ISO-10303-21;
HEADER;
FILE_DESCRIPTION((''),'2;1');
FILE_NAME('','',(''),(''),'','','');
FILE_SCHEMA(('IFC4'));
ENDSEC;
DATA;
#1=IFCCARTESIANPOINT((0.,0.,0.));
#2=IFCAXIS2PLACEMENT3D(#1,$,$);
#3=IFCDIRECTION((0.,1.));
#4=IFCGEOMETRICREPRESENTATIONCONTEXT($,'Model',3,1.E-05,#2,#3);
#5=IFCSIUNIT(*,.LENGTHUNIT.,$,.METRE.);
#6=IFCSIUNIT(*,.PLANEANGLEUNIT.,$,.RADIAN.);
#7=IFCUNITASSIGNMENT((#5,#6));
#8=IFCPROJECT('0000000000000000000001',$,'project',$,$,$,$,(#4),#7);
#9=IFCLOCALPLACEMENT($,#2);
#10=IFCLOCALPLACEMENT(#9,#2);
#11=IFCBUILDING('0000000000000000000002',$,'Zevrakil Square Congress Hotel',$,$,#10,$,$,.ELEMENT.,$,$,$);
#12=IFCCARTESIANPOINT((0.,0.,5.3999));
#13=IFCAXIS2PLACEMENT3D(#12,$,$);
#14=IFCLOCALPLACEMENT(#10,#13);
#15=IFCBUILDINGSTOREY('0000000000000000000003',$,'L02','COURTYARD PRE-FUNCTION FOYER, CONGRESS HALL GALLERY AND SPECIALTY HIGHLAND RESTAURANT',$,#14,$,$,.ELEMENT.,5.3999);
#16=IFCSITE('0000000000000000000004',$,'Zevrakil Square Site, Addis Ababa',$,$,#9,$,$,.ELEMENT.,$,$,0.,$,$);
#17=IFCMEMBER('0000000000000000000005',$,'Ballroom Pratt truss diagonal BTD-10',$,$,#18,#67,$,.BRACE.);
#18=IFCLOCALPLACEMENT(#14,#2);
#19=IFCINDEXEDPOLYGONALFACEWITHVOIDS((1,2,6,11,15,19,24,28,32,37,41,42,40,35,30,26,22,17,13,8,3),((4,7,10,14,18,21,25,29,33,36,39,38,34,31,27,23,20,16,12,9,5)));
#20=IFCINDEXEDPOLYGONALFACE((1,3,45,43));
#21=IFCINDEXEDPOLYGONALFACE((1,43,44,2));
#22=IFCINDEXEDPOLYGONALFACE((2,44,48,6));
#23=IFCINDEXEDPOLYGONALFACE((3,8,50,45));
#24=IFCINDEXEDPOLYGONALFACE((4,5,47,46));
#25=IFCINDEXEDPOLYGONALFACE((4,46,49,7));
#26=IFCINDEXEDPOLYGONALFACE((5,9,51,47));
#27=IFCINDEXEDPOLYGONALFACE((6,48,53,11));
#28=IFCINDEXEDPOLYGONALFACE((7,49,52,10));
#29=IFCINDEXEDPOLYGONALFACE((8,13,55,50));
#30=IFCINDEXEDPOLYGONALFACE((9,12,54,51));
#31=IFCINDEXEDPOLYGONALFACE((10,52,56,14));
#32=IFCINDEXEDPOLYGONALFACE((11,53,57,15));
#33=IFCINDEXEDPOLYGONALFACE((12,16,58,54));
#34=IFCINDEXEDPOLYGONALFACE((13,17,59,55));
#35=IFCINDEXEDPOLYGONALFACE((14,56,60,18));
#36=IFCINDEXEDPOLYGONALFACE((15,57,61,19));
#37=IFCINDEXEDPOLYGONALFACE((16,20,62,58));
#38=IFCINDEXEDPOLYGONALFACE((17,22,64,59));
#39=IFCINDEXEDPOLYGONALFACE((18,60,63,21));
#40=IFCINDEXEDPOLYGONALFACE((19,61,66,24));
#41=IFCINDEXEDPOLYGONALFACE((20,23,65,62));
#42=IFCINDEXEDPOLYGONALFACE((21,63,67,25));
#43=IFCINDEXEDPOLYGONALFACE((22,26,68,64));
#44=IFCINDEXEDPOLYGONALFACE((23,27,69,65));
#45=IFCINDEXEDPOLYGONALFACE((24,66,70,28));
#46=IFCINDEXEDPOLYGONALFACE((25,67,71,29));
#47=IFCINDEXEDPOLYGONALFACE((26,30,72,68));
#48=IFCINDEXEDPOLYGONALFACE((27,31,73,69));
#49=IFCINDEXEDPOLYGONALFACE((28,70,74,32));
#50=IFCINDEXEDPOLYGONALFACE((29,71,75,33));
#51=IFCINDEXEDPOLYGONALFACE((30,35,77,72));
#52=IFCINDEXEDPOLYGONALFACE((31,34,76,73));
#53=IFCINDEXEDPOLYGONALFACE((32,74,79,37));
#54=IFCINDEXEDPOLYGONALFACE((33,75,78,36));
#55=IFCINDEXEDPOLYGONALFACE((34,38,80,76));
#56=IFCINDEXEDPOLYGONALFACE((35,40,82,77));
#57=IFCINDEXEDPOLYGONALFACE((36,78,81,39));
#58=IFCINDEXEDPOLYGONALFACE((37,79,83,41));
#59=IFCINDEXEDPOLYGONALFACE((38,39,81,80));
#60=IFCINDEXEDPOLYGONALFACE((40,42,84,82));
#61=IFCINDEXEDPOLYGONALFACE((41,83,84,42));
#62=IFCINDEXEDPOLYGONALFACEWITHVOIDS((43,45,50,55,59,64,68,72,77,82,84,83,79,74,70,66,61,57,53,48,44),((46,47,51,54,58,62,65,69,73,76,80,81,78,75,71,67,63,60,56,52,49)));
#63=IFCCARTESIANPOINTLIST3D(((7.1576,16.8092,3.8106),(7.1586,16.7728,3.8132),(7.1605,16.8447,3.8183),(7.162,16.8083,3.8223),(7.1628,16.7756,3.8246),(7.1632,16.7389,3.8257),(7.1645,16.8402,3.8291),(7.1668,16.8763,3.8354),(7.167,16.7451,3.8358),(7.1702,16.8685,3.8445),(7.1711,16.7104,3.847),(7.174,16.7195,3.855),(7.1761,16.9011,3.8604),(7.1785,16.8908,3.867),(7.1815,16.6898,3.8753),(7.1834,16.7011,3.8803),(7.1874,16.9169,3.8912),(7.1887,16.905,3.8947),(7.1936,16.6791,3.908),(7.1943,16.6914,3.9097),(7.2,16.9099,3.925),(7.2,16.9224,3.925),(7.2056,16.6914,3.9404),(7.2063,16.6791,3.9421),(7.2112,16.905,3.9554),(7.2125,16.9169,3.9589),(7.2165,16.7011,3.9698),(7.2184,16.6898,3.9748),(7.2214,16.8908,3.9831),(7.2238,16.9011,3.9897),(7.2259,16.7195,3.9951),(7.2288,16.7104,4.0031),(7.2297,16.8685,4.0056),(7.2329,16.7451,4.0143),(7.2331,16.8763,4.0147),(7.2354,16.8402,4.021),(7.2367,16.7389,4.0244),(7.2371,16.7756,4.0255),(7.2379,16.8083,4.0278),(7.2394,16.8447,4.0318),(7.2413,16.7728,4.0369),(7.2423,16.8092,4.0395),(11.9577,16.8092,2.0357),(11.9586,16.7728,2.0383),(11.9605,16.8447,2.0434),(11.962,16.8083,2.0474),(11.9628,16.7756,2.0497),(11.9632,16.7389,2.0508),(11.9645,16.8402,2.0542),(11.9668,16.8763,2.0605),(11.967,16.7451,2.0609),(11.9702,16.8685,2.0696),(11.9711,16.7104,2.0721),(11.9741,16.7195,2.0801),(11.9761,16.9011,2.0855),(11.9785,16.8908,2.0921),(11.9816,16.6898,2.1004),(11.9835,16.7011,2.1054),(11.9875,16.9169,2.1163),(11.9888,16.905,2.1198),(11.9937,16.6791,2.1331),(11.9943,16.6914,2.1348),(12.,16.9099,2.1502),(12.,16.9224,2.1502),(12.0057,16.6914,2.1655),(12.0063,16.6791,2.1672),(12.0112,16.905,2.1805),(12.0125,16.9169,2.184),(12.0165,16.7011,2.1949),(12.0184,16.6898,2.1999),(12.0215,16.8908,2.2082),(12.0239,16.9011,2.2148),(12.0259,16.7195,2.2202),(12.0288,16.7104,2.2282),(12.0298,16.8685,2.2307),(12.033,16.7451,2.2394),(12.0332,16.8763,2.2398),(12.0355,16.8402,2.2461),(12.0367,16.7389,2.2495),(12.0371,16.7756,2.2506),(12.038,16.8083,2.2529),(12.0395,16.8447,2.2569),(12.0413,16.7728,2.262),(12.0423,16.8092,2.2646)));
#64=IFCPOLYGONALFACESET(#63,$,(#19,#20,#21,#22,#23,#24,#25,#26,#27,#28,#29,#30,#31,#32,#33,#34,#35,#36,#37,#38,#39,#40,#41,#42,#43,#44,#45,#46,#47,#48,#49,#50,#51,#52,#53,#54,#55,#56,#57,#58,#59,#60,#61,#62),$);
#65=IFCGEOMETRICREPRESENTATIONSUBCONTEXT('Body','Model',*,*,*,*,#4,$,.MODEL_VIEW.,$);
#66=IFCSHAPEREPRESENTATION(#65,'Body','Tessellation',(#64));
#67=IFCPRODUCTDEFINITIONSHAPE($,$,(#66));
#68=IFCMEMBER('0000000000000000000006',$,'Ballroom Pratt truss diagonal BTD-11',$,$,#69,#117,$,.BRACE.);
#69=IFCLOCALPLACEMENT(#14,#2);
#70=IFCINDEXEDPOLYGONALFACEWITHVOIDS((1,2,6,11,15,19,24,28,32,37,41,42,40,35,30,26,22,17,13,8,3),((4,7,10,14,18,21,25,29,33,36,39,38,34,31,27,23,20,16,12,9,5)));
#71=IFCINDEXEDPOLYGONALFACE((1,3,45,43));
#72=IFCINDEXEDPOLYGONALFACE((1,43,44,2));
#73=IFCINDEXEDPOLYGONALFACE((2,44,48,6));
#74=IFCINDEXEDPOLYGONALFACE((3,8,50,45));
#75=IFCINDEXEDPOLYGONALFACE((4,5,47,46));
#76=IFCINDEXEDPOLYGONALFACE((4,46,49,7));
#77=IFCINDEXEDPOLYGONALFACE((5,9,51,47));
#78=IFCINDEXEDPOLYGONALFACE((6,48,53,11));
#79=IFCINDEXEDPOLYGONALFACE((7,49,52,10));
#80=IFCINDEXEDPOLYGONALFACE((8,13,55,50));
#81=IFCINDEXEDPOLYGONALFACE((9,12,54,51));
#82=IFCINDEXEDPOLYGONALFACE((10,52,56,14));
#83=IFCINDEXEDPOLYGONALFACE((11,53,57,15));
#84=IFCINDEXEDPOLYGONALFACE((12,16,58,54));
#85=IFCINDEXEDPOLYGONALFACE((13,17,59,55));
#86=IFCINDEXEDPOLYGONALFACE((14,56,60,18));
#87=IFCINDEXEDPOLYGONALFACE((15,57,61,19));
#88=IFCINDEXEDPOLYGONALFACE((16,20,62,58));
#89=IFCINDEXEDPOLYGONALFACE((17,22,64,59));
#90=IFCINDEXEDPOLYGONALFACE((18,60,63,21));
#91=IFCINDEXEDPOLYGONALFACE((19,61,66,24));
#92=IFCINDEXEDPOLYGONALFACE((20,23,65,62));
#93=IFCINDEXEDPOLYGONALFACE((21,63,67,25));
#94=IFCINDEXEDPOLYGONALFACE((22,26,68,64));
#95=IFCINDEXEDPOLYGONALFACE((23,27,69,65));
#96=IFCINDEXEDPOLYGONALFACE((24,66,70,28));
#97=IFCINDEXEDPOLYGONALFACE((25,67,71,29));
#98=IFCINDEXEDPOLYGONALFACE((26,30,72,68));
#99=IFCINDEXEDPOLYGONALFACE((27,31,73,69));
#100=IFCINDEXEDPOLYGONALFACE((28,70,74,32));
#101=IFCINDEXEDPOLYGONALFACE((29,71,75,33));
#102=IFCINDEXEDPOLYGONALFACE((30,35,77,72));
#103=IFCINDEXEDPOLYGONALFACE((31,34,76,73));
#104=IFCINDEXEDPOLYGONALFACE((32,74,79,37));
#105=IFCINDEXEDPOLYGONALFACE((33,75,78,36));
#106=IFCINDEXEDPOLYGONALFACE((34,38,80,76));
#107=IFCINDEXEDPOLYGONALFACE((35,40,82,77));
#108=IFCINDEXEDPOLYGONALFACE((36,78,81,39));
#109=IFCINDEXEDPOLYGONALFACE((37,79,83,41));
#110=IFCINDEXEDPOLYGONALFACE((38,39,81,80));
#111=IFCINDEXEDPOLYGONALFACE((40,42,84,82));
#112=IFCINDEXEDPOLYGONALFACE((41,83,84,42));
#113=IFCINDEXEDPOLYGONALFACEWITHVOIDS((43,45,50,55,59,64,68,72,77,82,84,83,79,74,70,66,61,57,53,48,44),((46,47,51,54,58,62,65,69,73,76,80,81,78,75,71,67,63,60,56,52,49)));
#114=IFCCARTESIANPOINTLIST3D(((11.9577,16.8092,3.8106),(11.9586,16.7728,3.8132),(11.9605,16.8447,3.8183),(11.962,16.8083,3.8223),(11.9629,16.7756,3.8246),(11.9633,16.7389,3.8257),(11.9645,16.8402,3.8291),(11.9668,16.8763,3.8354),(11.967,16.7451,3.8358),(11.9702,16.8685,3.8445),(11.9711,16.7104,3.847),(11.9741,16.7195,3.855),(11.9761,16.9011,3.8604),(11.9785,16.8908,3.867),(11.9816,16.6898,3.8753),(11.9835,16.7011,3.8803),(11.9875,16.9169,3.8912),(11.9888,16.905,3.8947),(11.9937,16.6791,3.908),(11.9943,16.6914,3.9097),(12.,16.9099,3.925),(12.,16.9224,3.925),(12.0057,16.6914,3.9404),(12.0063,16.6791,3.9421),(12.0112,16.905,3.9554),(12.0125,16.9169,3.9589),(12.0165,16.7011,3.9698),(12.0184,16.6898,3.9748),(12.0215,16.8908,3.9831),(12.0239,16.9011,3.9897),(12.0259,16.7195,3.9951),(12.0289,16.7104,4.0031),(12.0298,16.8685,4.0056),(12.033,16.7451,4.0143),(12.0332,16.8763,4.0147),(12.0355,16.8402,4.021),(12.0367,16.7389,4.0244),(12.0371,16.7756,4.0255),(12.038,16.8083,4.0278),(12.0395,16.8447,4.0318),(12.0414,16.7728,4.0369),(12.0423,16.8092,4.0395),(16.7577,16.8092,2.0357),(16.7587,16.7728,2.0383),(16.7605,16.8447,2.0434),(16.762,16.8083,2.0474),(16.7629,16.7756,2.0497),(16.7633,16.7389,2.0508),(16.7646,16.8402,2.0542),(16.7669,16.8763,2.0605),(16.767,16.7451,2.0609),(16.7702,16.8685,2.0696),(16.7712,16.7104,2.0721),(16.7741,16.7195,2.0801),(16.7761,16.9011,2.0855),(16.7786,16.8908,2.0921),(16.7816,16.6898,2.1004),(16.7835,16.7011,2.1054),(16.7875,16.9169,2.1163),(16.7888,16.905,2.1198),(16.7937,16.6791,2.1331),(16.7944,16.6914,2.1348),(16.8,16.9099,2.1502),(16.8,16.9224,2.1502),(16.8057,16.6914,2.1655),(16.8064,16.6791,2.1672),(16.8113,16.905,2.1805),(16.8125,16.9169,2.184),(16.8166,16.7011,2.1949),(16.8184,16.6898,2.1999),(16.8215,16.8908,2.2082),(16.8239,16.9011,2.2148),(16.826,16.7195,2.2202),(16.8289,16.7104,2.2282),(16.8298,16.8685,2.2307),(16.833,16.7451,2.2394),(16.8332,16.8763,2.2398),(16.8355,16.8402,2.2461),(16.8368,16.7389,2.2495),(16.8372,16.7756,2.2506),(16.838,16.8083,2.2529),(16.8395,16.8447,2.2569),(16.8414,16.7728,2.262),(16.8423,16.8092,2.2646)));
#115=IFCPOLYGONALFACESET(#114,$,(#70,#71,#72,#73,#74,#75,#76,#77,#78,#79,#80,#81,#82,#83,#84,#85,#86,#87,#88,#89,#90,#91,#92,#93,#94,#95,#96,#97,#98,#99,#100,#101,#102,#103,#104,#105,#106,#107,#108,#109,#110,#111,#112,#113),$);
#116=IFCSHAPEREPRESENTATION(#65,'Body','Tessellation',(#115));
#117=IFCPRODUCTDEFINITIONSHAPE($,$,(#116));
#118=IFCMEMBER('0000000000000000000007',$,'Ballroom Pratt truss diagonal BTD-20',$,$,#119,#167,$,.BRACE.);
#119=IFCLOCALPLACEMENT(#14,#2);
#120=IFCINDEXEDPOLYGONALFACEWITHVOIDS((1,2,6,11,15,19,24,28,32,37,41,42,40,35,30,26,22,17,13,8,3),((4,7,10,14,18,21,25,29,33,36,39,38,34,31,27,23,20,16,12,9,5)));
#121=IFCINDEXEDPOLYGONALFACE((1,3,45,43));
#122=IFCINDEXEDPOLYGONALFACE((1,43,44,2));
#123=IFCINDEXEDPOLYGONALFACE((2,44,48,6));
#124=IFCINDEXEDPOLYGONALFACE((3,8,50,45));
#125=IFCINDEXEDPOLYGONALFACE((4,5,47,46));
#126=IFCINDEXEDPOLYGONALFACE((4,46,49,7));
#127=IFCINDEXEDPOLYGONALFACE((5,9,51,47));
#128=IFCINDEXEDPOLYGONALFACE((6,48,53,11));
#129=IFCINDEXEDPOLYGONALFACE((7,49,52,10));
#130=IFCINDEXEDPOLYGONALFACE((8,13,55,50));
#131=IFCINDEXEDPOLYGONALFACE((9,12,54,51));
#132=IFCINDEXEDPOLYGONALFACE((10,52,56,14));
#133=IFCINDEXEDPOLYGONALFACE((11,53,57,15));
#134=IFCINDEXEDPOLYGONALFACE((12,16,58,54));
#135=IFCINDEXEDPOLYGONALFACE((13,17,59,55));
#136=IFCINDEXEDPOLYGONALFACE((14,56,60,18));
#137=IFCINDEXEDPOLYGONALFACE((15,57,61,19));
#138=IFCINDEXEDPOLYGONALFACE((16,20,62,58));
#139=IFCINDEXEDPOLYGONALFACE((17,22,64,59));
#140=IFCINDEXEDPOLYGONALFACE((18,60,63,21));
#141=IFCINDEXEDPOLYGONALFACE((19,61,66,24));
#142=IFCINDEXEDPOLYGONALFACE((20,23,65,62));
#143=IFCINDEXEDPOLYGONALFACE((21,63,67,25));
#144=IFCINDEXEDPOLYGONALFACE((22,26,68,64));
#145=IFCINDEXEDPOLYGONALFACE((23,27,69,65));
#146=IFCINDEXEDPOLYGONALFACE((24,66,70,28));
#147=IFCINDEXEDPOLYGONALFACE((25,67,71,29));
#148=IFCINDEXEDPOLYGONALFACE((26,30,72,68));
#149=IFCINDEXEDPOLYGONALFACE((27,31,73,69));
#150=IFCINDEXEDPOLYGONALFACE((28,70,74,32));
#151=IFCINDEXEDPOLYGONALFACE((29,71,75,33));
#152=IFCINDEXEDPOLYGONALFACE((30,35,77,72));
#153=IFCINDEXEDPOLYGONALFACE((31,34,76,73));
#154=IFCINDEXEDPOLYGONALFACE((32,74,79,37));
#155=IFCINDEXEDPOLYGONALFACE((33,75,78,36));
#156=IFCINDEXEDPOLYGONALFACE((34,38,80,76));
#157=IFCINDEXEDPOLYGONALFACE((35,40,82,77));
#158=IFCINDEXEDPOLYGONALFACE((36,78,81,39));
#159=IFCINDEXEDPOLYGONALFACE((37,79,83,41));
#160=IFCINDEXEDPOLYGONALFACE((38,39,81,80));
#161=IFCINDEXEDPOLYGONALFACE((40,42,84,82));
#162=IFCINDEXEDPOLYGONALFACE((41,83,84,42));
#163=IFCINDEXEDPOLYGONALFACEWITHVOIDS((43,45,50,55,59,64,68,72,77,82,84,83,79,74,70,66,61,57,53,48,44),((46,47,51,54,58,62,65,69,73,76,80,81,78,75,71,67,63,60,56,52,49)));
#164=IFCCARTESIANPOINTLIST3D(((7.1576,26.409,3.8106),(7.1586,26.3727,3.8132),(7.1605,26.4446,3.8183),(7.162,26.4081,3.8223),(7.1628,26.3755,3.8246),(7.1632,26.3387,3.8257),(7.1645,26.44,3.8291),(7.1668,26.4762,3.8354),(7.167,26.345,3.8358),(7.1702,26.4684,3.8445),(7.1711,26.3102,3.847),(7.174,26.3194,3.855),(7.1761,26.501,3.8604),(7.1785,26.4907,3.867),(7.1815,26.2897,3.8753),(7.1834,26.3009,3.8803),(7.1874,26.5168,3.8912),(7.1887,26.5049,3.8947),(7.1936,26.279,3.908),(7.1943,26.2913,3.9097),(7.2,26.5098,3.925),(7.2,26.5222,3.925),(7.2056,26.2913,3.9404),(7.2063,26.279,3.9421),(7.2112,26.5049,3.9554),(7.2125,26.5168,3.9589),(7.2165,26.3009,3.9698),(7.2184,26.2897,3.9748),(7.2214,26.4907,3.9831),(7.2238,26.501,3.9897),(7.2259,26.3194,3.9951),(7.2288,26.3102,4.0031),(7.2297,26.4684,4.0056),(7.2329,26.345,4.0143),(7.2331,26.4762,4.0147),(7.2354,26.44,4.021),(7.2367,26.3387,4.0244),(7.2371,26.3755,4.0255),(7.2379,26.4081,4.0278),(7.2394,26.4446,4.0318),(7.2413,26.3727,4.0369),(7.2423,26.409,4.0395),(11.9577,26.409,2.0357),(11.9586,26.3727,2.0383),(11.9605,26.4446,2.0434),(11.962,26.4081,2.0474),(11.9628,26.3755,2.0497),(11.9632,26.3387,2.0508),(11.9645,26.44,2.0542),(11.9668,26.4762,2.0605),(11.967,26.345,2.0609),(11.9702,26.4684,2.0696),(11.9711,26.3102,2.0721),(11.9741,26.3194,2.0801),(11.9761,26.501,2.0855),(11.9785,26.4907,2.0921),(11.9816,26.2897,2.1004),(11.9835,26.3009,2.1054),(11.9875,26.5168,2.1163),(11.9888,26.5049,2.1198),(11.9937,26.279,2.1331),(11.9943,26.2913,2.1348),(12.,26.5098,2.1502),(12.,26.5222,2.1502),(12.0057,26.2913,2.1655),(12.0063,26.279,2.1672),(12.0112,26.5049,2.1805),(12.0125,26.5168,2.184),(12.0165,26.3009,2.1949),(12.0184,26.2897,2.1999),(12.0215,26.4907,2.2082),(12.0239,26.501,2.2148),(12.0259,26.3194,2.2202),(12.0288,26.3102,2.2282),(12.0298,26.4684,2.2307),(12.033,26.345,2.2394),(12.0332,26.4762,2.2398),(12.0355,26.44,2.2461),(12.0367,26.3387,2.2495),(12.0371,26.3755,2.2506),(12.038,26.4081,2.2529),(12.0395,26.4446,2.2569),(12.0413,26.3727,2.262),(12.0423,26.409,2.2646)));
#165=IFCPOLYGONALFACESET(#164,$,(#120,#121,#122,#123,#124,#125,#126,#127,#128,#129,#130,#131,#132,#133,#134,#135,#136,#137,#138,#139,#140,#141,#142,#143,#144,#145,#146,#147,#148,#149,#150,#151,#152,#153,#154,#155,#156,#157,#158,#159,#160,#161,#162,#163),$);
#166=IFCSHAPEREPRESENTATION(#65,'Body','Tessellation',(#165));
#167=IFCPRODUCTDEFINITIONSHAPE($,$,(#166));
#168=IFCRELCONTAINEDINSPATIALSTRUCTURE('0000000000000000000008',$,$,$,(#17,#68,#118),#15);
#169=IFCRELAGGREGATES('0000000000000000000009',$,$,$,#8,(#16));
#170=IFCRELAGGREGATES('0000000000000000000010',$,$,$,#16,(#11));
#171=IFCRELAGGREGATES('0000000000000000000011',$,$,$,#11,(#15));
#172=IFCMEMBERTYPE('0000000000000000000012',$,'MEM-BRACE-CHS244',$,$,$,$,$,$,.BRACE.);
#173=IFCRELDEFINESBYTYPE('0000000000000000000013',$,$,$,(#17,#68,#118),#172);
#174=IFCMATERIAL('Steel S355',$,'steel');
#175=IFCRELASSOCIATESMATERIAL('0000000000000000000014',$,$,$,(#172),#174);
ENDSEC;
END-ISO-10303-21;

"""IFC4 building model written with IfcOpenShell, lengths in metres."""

from ifc_helpers import new_model, si_unit, direction, frame, origin, origin_2d, place, context, subcontext, project, spatial, hollow_circle, extrude, material, material_profile, profile_set, type_object, element, save


model = new_model("IFC4")

# Units and contexts
model_context = context("Model", 3, precision=1e-05, world=origin(), true_north=direction((0.0, 1.0)))
body_context = subcontext(model_context, "Body", "Model", "MODEL_VIEW")
ifc_project = project(units=[si_unit("LENGTHUNIT", "METRE"), si_unit("PLANEANGLEUNIT", "RADIAN")], contexts=[model_context])

# Site, building, storey
site_placement = place(None, origin())
site = spatial("IfcSite", under=ifc_project, at=site_placement, Name="Zevrakil Square Site, Addis Ababa", CompositionType="ELEMENT", RefElevation=0.0)
building_placement = place(site_placement, origin())
building = spatial("IfcBuilding", under=site, at=building_placement, Name="Zevrakil Square Congress Hotel", CompositionType="ELEMENT")
storey_placement = place(building_placement, frame((0.0, 0.0, 5.3999)))
storey = spatial("IfcBuildingStorey", under=building, at=storey_placement, Name="L02", Description="COURTYARD PRE-FUNCTION FOYER, CONGRESS HALL GALLERY AND SPECIALTY HIGHLAND RESTAURANT", CompositionType="ELEMENT", Elevation=5.3999)

# Members
ifc_material_1 = material(Name="Steel S355", Category="steel")
ifc_material_profile_1 = material_profile(ifc_material_1, hollow_circle(Radius=0.1223, WallThickness=0.0125, at=origin_2d()), Name="CHS 244.5x12.5")
ifc_profile_set_1 = profile_set([ifc_material_profile_1], Name="Steel S355")
member_type_1 = type_object("IfcMemberType", Name="MEM-BRACE-CHS244", PredefinedType="BRACE", material=ifc_profile_set_1)
for number, where, z_axis, x_axis, name in (
    (1, (7.2, 16.8, 3.925), (0.937933, 0.0, -0.346817), (0.0, 1.0, 0.0), "Ballroom Pratt truss diagonal BTD-10"),
    (2, (12.0, 16.8, 3.925), (0.937933, 0.0, -0.346817), (0.0, 1.0, 0.0), "Ballroom Pratt truss diagonal BTD-11"),
    (3, (7.2, 26.3999, 3.925), (0.937933, 0.0, -0.346817), (0.0, 1.0, 0.0), "Ballroom Pratt truss diagonal BTD-20"),
):
    element("IfcMember", number, at=place(storey_placement, frame(where, z_axis=z_axis, x_axis=x_axis)), inside=storey, type_object=member_type_1, Name=name, PredefinedType="BRACE", context=body_context, shape_type="SweptSolid", body=[
        extrude(hollow_circle(Radius=0.1223, WallThickness=0.0125, at=origin_2d()), origin(), (0.0, 0.0, 1.0), 5.1177),
    ])

save(model, "model.ifc")
